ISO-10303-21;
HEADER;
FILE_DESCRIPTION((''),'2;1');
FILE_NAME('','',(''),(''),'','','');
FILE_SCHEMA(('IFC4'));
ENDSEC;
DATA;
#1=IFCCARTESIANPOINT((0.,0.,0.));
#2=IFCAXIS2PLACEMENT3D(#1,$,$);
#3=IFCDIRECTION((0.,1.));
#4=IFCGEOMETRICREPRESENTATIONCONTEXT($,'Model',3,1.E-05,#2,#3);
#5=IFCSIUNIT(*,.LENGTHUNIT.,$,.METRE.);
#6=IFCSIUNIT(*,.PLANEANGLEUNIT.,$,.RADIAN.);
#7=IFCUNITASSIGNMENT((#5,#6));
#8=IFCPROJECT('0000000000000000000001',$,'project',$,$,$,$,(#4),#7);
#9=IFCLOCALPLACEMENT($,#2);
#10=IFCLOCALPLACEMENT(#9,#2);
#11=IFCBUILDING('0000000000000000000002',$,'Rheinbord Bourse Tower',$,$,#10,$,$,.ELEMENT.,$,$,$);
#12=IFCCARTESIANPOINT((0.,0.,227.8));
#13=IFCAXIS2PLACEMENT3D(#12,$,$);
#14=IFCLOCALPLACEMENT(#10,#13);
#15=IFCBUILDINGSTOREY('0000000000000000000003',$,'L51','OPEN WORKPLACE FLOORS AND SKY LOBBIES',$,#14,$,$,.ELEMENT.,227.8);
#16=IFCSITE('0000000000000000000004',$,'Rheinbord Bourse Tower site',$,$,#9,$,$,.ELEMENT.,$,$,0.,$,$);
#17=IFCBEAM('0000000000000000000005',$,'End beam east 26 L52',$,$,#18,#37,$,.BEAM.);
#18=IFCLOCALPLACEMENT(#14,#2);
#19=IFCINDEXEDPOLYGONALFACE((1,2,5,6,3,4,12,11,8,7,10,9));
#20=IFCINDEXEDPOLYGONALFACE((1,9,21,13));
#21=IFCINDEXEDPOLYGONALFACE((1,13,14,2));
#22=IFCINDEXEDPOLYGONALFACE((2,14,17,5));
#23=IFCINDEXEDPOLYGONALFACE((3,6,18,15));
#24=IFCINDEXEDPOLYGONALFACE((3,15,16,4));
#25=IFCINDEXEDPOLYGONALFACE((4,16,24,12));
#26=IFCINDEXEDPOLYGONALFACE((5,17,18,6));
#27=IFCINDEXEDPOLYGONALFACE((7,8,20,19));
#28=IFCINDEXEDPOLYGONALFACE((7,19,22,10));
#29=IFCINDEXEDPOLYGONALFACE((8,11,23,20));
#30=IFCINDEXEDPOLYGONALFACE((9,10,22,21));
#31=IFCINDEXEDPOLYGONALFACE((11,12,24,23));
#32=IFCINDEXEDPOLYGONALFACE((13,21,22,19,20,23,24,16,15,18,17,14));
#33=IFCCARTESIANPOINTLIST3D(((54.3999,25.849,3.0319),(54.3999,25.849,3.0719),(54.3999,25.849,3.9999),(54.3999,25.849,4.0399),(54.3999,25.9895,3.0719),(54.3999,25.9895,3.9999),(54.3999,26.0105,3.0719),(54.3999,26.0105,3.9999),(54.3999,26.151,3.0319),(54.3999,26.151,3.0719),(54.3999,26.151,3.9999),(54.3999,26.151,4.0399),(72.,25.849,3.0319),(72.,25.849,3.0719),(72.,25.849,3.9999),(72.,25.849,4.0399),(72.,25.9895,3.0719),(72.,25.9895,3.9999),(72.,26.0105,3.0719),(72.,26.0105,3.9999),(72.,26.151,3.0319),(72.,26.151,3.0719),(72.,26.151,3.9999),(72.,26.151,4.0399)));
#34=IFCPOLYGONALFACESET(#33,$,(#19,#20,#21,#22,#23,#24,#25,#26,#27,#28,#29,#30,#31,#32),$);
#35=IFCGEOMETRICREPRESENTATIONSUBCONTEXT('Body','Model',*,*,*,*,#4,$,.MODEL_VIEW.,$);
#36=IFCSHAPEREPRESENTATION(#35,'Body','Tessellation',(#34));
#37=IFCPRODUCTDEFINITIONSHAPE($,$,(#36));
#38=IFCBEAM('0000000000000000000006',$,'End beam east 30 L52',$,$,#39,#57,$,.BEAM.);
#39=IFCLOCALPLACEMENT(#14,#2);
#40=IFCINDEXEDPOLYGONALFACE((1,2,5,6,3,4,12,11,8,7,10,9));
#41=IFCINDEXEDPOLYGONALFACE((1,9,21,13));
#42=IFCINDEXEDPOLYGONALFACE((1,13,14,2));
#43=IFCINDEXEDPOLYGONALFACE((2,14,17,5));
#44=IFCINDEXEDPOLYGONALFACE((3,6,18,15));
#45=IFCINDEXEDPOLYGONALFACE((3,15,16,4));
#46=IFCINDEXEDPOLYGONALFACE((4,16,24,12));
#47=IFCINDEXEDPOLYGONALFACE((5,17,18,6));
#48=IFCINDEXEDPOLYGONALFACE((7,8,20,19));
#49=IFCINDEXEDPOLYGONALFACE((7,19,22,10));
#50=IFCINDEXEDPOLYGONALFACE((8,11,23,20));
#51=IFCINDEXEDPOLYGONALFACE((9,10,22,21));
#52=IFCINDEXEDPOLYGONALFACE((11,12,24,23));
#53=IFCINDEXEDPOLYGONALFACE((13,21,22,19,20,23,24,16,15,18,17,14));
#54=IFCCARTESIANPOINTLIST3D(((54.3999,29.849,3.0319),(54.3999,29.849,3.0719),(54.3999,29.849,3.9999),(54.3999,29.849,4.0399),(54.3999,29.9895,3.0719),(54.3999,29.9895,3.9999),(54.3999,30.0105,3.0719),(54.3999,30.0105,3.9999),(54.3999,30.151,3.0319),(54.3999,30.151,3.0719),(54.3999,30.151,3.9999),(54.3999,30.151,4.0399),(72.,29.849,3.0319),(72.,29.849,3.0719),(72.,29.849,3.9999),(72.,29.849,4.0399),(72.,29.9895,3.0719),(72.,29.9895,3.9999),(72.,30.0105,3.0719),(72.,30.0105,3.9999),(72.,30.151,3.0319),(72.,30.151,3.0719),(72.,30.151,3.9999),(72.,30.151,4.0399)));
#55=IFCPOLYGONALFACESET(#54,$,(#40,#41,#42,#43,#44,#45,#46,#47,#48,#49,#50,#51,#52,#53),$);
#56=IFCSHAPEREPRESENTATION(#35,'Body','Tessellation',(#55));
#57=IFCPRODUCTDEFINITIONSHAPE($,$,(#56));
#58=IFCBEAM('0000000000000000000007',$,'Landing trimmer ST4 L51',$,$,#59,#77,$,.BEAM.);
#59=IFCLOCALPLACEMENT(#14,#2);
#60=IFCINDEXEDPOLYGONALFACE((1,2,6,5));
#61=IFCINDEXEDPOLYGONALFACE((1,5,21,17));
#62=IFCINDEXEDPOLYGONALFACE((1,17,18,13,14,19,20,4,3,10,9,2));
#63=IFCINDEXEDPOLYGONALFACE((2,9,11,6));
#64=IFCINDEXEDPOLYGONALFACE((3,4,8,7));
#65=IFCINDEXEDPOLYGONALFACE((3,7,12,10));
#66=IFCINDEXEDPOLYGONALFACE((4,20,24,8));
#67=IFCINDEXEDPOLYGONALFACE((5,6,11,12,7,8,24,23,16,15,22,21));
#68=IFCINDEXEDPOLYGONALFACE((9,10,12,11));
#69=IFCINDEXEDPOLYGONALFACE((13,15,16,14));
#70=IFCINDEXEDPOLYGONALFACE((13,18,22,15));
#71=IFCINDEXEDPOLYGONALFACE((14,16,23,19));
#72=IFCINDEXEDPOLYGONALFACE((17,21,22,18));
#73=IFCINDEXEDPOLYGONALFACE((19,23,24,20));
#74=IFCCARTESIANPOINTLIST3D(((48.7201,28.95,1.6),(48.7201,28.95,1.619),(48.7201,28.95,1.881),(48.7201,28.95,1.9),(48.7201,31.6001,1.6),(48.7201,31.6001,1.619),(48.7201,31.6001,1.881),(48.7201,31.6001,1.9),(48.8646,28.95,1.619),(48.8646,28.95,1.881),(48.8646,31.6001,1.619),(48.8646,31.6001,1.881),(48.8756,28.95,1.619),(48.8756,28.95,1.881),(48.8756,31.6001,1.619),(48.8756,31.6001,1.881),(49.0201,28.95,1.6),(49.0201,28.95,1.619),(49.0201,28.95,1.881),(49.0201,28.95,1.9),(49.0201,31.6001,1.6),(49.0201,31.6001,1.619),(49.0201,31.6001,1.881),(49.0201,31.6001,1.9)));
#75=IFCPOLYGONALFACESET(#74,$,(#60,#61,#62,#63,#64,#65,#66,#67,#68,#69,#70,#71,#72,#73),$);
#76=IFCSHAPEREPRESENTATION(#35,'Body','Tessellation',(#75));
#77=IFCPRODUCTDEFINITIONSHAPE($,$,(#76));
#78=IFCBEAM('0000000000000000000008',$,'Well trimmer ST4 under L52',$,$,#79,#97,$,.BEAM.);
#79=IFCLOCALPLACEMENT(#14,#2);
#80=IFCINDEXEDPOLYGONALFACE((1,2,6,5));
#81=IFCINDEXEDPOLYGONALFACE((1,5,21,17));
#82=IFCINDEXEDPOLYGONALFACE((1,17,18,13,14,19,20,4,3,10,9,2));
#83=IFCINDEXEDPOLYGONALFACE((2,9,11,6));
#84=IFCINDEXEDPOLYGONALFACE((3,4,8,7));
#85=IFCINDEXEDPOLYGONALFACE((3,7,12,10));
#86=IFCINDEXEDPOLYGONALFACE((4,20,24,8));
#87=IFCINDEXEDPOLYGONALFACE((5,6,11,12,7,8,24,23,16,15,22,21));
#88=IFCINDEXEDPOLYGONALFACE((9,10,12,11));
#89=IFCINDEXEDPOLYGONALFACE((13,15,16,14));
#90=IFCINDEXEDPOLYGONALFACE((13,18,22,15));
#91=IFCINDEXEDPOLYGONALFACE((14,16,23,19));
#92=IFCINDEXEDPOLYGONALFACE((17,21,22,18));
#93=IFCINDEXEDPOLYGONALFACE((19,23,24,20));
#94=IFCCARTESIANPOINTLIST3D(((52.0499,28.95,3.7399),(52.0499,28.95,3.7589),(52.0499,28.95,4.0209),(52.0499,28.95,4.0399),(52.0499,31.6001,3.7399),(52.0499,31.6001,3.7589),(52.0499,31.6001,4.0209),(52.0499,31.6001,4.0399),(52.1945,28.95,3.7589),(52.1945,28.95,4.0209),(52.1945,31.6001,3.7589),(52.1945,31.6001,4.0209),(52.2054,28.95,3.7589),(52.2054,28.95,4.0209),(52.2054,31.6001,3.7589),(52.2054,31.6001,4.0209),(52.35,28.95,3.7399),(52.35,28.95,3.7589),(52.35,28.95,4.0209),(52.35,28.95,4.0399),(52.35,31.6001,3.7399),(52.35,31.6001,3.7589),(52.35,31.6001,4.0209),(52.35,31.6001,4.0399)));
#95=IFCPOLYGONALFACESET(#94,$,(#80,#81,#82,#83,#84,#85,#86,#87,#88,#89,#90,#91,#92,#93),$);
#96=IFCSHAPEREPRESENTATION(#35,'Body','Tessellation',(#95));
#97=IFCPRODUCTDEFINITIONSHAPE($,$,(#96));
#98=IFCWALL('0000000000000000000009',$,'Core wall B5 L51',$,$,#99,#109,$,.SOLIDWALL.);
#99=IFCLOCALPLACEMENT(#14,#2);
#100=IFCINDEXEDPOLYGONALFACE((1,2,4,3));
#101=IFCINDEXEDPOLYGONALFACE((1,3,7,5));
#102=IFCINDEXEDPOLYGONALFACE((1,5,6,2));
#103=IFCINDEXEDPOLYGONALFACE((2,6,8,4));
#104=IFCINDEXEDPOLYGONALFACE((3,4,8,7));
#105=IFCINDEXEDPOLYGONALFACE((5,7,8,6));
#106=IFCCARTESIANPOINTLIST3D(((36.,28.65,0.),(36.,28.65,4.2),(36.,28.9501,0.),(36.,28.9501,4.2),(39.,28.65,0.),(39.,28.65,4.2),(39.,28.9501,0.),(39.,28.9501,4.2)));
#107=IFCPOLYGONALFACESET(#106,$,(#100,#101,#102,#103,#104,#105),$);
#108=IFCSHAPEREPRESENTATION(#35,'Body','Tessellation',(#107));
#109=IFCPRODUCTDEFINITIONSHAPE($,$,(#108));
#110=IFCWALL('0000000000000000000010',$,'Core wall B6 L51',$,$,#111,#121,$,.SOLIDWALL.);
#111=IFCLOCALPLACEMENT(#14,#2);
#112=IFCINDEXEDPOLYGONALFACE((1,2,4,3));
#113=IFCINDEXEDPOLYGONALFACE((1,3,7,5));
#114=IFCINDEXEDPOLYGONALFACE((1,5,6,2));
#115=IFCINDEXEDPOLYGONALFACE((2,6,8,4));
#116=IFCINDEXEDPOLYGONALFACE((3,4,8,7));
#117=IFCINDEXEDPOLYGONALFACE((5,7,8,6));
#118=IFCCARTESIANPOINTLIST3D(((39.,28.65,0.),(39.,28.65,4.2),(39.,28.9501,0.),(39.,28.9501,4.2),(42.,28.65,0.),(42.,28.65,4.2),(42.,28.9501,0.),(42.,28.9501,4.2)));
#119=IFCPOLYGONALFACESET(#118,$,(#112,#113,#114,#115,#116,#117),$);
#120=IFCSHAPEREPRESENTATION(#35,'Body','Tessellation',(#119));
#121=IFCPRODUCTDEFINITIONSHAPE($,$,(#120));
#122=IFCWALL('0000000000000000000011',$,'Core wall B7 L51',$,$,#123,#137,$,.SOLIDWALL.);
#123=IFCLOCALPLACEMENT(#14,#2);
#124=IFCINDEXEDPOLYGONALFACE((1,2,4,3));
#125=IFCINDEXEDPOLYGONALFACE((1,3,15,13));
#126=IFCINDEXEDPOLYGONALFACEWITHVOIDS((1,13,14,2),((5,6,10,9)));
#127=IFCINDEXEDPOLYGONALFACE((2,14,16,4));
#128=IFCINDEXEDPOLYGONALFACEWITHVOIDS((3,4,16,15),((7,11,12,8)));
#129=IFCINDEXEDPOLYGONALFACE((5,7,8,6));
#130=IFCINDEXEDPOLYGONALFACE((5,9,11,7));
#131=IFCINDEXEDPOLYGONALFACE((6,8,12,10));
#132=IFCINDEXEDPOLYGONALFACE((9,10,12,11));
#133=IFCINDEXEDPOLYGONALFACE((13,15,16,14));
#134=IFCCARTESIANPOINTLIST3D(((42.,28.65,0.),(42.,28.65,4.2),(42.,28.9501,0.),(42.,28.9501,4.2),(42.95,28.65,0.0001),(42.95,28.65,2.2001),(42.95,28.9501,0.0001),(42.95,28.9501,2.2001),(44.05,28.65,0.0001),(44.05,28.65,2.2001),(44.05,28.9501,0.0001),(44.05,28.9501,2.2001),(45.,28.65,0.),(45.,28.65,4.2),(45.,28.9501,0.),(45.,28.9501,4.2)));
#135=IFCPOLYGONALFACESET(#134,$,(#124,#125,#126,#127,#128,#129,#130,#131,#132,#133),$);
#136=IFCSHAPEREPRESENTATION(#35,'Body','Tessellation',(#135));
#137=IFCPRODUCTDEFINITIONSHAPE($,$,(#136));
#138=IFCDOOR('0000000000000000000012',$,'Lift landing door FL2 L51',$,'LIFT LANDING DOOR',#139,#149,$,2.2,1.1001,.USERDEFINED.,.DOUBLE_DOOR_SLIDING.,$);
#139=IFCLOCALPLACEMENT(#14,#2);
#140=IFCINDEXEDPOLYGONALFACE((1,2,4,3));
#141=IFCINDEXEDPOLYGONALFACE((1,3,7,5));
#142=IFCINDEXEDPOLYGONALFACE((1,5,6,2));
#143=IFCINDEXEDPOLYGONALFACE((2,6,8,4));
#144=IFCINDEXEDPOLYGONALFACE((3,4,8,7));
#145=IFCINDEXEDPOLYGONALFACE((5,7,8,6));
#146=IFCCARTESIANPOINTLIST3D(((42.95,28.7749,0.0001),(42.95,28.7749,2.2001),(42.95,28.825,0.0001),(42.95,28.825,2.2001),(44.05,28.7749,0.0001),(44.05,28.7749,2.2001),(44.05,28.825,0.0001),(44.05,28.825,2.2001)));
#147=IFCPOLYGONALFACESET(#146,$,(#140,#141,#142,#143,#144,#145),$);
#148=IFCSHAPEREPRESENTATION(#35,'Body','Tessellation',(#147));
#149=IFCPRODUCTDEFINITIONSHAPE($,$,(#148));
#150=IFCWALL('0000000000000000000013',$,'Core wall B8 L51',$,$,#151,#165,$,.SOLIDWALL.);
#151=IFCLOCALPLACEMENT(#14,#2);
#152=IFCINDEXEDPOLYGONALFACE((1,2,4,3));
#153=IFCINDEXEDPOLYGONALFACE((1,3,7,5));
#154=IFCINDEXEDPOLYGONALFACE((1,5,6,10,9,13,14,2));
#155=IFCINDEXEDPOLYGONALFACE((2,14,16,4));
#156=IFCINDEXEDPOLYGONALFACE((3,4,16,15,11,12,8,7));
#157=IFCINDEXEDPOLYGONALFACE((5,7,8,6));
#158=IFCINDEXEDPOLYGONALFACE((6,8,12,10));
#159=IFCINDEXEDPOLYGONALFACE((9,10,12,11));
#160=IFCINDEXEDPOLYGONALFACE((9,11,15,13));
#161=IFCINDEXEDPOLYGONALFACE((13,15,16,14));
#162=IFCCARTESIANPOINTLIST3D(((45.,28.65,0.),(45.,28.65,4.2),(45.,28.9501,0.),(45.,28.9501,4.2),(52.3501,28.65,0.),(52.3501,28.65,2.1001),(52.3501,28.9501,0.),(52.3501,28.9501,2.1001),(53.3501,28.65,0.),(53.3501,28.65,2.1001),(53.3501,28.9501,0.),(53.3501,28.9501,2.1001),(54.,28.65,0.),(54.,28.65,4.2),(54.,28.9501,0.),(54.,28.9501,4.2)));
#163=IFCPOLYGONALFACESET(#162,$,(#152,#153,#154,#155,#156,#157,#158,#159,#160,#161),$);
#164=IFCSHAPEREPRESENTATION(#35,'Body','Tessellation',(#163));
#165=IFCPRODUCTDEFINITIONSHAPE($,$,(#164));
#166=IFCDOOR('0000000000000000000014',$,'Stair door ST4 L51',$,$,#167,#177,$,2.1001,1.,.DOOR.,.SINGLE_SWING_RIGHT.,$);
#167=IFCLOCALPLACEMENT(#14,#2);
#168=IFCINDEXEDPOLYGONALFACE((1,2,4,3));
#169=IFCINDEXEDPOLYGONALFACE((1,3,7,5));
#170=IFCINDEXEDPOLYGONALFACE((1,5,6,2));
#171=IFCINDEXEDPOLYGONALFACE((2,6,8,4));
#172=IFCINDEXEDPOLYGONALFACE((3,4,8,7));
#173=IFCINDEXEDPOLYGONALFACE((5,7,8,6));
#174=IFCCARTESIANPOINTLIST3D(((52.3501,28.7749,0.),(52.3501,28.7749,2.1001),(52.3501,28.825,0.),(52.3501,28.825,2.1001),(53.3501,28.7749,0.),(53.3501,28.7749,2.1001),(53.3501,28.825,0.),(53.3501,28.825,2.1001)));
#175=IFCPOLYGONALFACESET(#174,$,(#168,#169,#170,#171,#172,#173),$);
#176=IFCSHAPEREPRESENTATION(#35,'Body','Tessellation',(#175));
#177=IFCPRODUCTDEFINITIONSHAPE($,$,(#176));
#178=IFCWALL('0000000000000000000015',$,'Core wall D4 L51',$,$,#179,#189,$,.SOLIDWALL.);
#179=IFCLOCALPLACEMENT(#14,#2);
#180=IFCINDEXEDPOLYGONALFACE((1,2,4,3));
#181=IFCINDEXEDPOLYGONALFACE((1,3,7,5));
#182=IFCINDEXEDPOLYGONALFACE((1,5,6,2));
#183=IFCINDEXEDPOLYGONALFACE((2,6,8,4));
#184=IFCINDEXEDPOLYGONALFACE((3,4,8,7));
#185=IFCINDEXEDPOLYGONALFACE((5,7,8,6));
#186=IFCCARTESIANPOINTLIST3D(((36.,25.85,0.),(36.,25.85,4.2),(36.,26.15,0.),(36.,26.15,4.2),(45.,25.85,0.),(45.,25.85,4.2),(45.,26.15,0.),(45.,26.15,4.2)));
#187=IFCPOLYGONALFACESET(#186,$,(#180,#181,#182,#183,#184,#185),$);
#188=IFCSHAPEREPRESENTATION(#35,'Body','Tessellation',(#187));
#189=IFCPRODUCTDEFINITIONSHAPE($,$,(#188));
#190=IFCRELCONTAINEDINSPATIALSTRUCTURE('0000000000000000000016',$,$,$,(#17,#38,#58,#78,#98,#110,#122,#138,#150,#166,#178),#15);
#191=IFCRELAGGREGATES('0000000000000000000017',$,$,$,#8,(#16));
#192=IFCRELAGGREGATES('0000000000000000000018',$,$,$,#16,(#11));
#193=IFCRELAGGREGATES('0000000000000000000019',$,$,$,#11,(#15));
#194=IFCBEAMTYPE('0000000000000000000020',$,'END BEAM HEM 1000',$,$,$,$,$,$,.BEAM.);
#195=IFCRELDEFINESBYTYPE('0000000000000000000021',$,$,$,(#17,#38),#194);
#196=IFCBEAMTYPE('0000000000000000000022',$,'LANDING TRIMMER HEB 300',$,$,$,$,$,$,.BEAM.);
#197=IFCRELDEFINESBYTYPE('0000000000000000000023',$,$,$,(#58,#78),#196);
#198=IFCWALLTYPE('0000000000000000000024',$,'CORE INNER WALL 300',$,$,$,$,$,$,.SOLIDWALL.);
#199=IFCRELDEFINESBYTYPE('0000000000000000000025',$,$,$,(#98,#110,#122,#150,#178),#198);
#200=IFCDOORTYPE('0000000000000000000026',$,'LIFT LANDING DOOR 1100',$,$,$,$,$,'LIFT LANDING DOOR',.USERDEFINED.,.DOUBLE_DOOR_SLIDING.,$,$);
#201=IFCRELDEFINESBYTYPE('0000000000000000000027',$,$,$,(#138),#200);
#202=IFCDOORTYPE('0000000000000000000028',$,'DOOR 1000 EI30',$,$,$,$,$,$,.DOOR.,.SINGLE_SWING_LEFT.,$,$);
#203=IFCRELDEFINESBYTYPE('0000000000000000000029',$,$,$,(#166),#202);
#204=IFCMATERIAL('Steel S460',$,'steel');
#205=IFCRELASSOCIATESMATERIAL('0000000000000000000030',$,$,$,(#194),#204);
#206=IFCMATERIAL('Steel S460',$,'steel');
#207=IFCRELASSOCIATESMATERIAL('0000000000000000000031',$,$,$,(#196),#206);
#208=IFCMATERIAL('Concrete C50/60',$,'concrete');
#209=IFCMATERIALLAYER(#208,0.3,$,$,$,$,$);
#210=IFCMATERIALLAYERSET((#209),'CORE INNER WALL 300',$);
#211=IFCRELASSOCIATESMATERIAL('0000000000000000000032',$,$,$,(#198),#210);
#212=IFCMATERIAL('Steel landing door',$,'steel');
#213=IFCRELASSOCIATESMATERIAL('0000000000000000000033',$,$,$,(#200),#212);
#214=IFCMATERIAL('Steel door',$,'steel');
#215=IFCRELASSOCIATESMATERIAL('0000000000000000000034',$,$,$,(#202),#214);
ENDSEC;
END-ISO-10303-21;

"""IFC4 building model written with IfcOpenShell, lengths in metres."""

from ifc_helpers import new_model, si_unit, direction, frame, frame_2d, origin, origin_2d, place, context, subcontext, project, spatial, rectangle, i_section, extrude, material, layer, layer_set, material_profile, profile_set, type_object, element, fill, save


model = new_model("IFC4")

# Units and contexts
model_context = context("Model", 3, precision=1e-05, world=origin(), true_north=direction((0.0, 1.0)))
body_context = subcontext(model_context, "Body", "Model", "MODEL_VIEW")
ifc_project = project(units=[si_unit("LENGTHUNIT", "METRE"), si_unit("PLANEANGLEUNIT", "RADIAN")], contexts=[model_context])

# Site, building, storey
site_placement = place(None, origin())
site = spatial("IfcSite", under=ifc_project, at=site_placement, Name="Rheinbord Bourse Tower site", CompositionType="ELEMENT", RefElevation=0.0)
building_placement = place(site_placement, origin())
building = spatial("IfcBuilding", under=site, at=building_placement, Name="Rheinbord Bourse Tower", CompositionType="ELEMENT")
storey_placement = place(building_placement, frame((0.0, 0.0, 227.8)))
storey = spatial("IfcBuildingStorey", under=building, at=storey_placement, Name="L51", Description="OPEN WORKPLACE FLOORS AND SKY LOBBIES", CompositionType="ELEMENT", Elevation=227.8)

# Beams
ifc_material_1 = material(Name="Steel S460", Category="steel")
ifc_material_profile_1 = material_profile(ifc_material_1, i_section(OverallWidth=0.302, OverallDepth=1.0081, WebThickness=0.021, FlangeThickness=0.04, at=origin_2d()), Name="HEM 1000")
ifc_profile_set_1 = profile_set([ifc_material_profile_1], Name="Steel S460")
beam_type_1 = type_object("IfcBeamType", Name="END BEAM HEM 1000", PredefinedType="BEAM", material=ifc_profile_set_1)
for number, where, z_axis, x_axis, name in (
    (1, (54.3999, 26.0, 3.5359), (1.0, 0.0, 0.0), (0.0, 1.0, 0.0), "End beam east 26 L52"),
    (2, (54.3999, 30.0, 3.5359), (1.0, 0.0, 0.0), (0.0, 1.0, 0.0), "End beam east 30 L52"),
):
    element("IfcBeam", number, at=place(storey_placement, frame(where, z_axis=z_axis, x_axis=x_axis)), inside=storey, type_object=beam_type_1, Name=name, PredefinedType="BEAM", context=body_context, shape_type="SweptSolid", body=[
        extrude(i_section(OverallWidth=0.302, OverallDepth=1.0081, WebThickness=0.021, FlangeThickness=0.04, at=origin_2d()), origin(), (0.0, 0.0, 1.0), 17.6001),
    ])
ifc_material_2 = material(Name="Steel S460", Category="steel")
ifc_material_profile_2 = material_profile(ifc_material_2, i_section(OverallWidth=0.3, OverallDepth=0.3, WebThickness=0.011, FlangeThickness=0.019, at=origin_2d()), Name="HEB 300")
ifc_profile_set_2 = profile_set([ifc_material_profile_2], Name="Steel S460")
beam_type_2 = type_object("IfcBeamType", Name="LANDING TRIMMER HEB 300", PredefinedType="BEAM", material=ifc_profile_set_2)
for number, where, z_axis, x_axis, name in (
    (3, (48.8701, 28.95, 1.75), (0.0, 1.0, 0.0), (-1.0, 0.0, 0.0), "Landing trimmer ST4 L51"),
    (4, (52.2, 28.95, 3.8899), (0.0, 1.0, 0.0), (-1.0, 0.0, 0.0), "Well trimmer ST4 under L52"),
):
    element("IfcBeam", number, at=place(storey_placement, frame(where, z_axis=z_axis, x_axis=x_axis)), inside=storey, type_object=beam_type_2, Name=name, PredefinedType="BEAM", context=body_context, shape_type="SweptSolid", body=[
        extrude(i_section(OverallWidth=0.3, OverallDepth=0.3, WebThickness=0.011, FlangeThickness=0.019, at=origin_2d()), origin(), (0.0, 0.0, 1.0), 2.6501),
    ])

# Walls
ifc_material_3 = material(Name="Concrete C50/60", Category="concrete")
ifc_layer_1 = layer(ifc_material_3, 0.3)
ifc_layer_set_1 = layer_set([ifc_layer_1], Name="CORE INNER WALL 300")
wall_type_1 = type_object("IfcWallType", Name="CORE INNER WALL 300", PredefinedType="SOLIDWALL", material=ifc_layer_set_1)
for number, where, z_axis, x_axis, name in (
    (5, (36.0, 28.8, 0.0), (0.0, 0.0, 1.0), (1.0, 0.0, 0.0), "Core wall B5 L51"),
    (6, (39.0, 28.8, 0.0), (0.0, 0.0, 1.0), (1.0, 0.0, 0.0), "Core wall B6 L51"),
):
    element("IfcWall", number, at=place(storey_placement, frame(where, z_axis=z_axis, x_axis=x_axis)), inside=storey, type_object=wall_type_1, Name=name, PredefinedType="SOLIDWALL", context=body_context, shape_type="SweptSolid", body=[
        extrude(rectangle(XDim=3.0, YDim=0.3, at=frame_2d((1.5, 0.0))), origin(), (0.0, 0.0, 1.0), 4.2),
    ])

# Walls, openings, doors
wall_1_placement = place(storey_placement, frame((42.0, 28.8, 0.0), z_axis=(0.0, 0.0, 1.0), x_axis=(1.0, 0.0, 0.0)))
wall_1 = element("IfcWall", 7, at=wall_1_placement, inside=storey, type_object=wall_type_1, Name="Core wall B7 L51", PredefinedType="SOLIDWALL", context=body_context, shape_type="SweptSolid", body=[
    extrude(rectangle(XDim=3.0, YDim=0.3, at=frame_2d((1.5, 0.0))), origin(), (0.0, 0.0, 1.0), 4.2),
])
opening_1_placement = place(wall_1_placement, frame((0.95, 0.0, 0.0)))
opening_1 = element("IfcOpeningElement", 8, at=opening_1_placement, cuts=wall_1, PredefinedType="OPENING", context=body_context, shape_type="SweptSolid", body=[
    extrude(rectangle(XDim=1.1001, YDim=2.2, at=frame_2d((0.55, 1.1001))), frame((0.0, 0.1599, 0.0), z_axis=(0.0, -1.0, 0.0), x_axis=(1.0, 0.0, 0.0)), (0.0, 0.0, 1.0), 0.3201),
])
ifc_material_4 = material(Name="Steel landing door", Category="steel")
door_type_1 = type_object("IfcDoorType", Name="LIFT LANDING DOOR 1100", ElementType="LIFT LANDING DOOR", OperationType="DOUBLE_DOOR_SLIDING", PredefinedType="USERDEFINED", material=ifc_material_4)
door_1_placement = place(opening_1_placement, origin())
door_1 = element("IfcDoor", 9, at=door_1_placement, inside=storey, type_object=door_type_1, Name="Lift landing door FL2 L51", ObjectType="LIFT LANDING DOOR", OperationType="DOUBLE_DOOR_SLIDING", OverallHeight=2.2, OverallWidth=1.1001, PredefinedType="USERDEFINED", context=body_context, shape_type="SweptSolid", body=[
    extrude(rectangle(XDim=1.1001, YDim=2.2, at=frame_2d((0.55, 1.1001))), frame((0.0, 0.0249, 0.0), z_axis=(0.0, -1.0, 0.0), x_axis=(1.0, 0.0, 0.0)), (0.0, 0.0, 1.0), 0.05),
])
fill(opening_1, door_1)
wall_2_placement = place(storey_placement, frame((45.0, 28.8, 0.0), z_axis=(0.0, 0.0, 1.0), x_axis=(1.0, 0.0, 0.0)))
wall_2 = element("IfcWall", 10, at=wall_2_placement, inside=storey, type_object=wall_type_1, Name="Core wall B8 L51", PredefinedType="SOLIDWALL", context=body_context, shape_type="SweptSolid", body=[
    extrude(rectangle(XDim=9.0, YDim=0.3, at=frame_2d((4.5, 0.0))), origin(), (0.0, 0.0, 1.0), 4.2),
])
opening_2_placement = place(wall_2_placement, frame((7.3501, 0.0, 0.0)))
opening_2 = element("IfcOpeningElement", 11, at=opening_2_placement, cuts=wall_2, PredefinedType="OPENING", context=body_context, shape_type="SweptSolid", body=[
    extrude(rectangle(XDim=1.0, YDim=2.1001, at=frame_2d((0.5, 1.05))), frame((0.0, 0.1599, 0.0), z_axis=(0.0, -1.0, 0.0), x_axis=(1.0, 0.0, 0.0)), (0.0, 0.0, 1.0), 0.3201),
])
ifc_material_5 = material(Name="Steel door", Category="steel")
door_type_2 = type_object("IfcDoorType", Name="DOOR 1000 EI30", OperationType="SINGLE_SWING_LEFT", PredefinedType="DOOR", material=ifc_material_5)
door_2_placement = place(opening_2_placement, origin())
door_2 = element("IfcDoor", 12, at=door_2_placement, inside=storey, type_object=door_type_2, Name="Stair door ST4 L51", OperationType="SINGLE_SWING_RIGHT", OverallHeight=2.1001, OverallWidth=1.0, PredefinedType="DOOR", context=body_context, shape_type="SweptSolid", body=[
    extrude(rectangle(XDim=1.0, YDim=2.1001, at=frame_2d((0.5, 1.05))), frame((0.0, 0.0249, 0.0), z_axis=(0.0, -1.0, 0.0), x_axis=(1.0, 0.0, 0.0)), (0.0, 0.0, 1.0), 0.05),
])
fill(opening_2, door_2)

# Wall
wall_3_placement = place(storey_placement, frame((36.0, 26.0, 0.0), z_axis=(0.0, 0.0, 1.0), x_axis=(1.0, 0.0, 0.0)))
element("IfcWall", 13, at=wall_3_placement, inside=storey, type_object=wall_type_1, Name="Core wall D4 L51", PredefinedType="SOLIDWALL", context=body_context, shape_type="SweptSolid", body=[
    extrude(rectangle(XDim=9.0, YDim=0.3, at=frame_2d((4.5, 0.0))), origin(), (0.0, 0.0, 1.0), 4.2),
])

save(model, "model.ifc")
